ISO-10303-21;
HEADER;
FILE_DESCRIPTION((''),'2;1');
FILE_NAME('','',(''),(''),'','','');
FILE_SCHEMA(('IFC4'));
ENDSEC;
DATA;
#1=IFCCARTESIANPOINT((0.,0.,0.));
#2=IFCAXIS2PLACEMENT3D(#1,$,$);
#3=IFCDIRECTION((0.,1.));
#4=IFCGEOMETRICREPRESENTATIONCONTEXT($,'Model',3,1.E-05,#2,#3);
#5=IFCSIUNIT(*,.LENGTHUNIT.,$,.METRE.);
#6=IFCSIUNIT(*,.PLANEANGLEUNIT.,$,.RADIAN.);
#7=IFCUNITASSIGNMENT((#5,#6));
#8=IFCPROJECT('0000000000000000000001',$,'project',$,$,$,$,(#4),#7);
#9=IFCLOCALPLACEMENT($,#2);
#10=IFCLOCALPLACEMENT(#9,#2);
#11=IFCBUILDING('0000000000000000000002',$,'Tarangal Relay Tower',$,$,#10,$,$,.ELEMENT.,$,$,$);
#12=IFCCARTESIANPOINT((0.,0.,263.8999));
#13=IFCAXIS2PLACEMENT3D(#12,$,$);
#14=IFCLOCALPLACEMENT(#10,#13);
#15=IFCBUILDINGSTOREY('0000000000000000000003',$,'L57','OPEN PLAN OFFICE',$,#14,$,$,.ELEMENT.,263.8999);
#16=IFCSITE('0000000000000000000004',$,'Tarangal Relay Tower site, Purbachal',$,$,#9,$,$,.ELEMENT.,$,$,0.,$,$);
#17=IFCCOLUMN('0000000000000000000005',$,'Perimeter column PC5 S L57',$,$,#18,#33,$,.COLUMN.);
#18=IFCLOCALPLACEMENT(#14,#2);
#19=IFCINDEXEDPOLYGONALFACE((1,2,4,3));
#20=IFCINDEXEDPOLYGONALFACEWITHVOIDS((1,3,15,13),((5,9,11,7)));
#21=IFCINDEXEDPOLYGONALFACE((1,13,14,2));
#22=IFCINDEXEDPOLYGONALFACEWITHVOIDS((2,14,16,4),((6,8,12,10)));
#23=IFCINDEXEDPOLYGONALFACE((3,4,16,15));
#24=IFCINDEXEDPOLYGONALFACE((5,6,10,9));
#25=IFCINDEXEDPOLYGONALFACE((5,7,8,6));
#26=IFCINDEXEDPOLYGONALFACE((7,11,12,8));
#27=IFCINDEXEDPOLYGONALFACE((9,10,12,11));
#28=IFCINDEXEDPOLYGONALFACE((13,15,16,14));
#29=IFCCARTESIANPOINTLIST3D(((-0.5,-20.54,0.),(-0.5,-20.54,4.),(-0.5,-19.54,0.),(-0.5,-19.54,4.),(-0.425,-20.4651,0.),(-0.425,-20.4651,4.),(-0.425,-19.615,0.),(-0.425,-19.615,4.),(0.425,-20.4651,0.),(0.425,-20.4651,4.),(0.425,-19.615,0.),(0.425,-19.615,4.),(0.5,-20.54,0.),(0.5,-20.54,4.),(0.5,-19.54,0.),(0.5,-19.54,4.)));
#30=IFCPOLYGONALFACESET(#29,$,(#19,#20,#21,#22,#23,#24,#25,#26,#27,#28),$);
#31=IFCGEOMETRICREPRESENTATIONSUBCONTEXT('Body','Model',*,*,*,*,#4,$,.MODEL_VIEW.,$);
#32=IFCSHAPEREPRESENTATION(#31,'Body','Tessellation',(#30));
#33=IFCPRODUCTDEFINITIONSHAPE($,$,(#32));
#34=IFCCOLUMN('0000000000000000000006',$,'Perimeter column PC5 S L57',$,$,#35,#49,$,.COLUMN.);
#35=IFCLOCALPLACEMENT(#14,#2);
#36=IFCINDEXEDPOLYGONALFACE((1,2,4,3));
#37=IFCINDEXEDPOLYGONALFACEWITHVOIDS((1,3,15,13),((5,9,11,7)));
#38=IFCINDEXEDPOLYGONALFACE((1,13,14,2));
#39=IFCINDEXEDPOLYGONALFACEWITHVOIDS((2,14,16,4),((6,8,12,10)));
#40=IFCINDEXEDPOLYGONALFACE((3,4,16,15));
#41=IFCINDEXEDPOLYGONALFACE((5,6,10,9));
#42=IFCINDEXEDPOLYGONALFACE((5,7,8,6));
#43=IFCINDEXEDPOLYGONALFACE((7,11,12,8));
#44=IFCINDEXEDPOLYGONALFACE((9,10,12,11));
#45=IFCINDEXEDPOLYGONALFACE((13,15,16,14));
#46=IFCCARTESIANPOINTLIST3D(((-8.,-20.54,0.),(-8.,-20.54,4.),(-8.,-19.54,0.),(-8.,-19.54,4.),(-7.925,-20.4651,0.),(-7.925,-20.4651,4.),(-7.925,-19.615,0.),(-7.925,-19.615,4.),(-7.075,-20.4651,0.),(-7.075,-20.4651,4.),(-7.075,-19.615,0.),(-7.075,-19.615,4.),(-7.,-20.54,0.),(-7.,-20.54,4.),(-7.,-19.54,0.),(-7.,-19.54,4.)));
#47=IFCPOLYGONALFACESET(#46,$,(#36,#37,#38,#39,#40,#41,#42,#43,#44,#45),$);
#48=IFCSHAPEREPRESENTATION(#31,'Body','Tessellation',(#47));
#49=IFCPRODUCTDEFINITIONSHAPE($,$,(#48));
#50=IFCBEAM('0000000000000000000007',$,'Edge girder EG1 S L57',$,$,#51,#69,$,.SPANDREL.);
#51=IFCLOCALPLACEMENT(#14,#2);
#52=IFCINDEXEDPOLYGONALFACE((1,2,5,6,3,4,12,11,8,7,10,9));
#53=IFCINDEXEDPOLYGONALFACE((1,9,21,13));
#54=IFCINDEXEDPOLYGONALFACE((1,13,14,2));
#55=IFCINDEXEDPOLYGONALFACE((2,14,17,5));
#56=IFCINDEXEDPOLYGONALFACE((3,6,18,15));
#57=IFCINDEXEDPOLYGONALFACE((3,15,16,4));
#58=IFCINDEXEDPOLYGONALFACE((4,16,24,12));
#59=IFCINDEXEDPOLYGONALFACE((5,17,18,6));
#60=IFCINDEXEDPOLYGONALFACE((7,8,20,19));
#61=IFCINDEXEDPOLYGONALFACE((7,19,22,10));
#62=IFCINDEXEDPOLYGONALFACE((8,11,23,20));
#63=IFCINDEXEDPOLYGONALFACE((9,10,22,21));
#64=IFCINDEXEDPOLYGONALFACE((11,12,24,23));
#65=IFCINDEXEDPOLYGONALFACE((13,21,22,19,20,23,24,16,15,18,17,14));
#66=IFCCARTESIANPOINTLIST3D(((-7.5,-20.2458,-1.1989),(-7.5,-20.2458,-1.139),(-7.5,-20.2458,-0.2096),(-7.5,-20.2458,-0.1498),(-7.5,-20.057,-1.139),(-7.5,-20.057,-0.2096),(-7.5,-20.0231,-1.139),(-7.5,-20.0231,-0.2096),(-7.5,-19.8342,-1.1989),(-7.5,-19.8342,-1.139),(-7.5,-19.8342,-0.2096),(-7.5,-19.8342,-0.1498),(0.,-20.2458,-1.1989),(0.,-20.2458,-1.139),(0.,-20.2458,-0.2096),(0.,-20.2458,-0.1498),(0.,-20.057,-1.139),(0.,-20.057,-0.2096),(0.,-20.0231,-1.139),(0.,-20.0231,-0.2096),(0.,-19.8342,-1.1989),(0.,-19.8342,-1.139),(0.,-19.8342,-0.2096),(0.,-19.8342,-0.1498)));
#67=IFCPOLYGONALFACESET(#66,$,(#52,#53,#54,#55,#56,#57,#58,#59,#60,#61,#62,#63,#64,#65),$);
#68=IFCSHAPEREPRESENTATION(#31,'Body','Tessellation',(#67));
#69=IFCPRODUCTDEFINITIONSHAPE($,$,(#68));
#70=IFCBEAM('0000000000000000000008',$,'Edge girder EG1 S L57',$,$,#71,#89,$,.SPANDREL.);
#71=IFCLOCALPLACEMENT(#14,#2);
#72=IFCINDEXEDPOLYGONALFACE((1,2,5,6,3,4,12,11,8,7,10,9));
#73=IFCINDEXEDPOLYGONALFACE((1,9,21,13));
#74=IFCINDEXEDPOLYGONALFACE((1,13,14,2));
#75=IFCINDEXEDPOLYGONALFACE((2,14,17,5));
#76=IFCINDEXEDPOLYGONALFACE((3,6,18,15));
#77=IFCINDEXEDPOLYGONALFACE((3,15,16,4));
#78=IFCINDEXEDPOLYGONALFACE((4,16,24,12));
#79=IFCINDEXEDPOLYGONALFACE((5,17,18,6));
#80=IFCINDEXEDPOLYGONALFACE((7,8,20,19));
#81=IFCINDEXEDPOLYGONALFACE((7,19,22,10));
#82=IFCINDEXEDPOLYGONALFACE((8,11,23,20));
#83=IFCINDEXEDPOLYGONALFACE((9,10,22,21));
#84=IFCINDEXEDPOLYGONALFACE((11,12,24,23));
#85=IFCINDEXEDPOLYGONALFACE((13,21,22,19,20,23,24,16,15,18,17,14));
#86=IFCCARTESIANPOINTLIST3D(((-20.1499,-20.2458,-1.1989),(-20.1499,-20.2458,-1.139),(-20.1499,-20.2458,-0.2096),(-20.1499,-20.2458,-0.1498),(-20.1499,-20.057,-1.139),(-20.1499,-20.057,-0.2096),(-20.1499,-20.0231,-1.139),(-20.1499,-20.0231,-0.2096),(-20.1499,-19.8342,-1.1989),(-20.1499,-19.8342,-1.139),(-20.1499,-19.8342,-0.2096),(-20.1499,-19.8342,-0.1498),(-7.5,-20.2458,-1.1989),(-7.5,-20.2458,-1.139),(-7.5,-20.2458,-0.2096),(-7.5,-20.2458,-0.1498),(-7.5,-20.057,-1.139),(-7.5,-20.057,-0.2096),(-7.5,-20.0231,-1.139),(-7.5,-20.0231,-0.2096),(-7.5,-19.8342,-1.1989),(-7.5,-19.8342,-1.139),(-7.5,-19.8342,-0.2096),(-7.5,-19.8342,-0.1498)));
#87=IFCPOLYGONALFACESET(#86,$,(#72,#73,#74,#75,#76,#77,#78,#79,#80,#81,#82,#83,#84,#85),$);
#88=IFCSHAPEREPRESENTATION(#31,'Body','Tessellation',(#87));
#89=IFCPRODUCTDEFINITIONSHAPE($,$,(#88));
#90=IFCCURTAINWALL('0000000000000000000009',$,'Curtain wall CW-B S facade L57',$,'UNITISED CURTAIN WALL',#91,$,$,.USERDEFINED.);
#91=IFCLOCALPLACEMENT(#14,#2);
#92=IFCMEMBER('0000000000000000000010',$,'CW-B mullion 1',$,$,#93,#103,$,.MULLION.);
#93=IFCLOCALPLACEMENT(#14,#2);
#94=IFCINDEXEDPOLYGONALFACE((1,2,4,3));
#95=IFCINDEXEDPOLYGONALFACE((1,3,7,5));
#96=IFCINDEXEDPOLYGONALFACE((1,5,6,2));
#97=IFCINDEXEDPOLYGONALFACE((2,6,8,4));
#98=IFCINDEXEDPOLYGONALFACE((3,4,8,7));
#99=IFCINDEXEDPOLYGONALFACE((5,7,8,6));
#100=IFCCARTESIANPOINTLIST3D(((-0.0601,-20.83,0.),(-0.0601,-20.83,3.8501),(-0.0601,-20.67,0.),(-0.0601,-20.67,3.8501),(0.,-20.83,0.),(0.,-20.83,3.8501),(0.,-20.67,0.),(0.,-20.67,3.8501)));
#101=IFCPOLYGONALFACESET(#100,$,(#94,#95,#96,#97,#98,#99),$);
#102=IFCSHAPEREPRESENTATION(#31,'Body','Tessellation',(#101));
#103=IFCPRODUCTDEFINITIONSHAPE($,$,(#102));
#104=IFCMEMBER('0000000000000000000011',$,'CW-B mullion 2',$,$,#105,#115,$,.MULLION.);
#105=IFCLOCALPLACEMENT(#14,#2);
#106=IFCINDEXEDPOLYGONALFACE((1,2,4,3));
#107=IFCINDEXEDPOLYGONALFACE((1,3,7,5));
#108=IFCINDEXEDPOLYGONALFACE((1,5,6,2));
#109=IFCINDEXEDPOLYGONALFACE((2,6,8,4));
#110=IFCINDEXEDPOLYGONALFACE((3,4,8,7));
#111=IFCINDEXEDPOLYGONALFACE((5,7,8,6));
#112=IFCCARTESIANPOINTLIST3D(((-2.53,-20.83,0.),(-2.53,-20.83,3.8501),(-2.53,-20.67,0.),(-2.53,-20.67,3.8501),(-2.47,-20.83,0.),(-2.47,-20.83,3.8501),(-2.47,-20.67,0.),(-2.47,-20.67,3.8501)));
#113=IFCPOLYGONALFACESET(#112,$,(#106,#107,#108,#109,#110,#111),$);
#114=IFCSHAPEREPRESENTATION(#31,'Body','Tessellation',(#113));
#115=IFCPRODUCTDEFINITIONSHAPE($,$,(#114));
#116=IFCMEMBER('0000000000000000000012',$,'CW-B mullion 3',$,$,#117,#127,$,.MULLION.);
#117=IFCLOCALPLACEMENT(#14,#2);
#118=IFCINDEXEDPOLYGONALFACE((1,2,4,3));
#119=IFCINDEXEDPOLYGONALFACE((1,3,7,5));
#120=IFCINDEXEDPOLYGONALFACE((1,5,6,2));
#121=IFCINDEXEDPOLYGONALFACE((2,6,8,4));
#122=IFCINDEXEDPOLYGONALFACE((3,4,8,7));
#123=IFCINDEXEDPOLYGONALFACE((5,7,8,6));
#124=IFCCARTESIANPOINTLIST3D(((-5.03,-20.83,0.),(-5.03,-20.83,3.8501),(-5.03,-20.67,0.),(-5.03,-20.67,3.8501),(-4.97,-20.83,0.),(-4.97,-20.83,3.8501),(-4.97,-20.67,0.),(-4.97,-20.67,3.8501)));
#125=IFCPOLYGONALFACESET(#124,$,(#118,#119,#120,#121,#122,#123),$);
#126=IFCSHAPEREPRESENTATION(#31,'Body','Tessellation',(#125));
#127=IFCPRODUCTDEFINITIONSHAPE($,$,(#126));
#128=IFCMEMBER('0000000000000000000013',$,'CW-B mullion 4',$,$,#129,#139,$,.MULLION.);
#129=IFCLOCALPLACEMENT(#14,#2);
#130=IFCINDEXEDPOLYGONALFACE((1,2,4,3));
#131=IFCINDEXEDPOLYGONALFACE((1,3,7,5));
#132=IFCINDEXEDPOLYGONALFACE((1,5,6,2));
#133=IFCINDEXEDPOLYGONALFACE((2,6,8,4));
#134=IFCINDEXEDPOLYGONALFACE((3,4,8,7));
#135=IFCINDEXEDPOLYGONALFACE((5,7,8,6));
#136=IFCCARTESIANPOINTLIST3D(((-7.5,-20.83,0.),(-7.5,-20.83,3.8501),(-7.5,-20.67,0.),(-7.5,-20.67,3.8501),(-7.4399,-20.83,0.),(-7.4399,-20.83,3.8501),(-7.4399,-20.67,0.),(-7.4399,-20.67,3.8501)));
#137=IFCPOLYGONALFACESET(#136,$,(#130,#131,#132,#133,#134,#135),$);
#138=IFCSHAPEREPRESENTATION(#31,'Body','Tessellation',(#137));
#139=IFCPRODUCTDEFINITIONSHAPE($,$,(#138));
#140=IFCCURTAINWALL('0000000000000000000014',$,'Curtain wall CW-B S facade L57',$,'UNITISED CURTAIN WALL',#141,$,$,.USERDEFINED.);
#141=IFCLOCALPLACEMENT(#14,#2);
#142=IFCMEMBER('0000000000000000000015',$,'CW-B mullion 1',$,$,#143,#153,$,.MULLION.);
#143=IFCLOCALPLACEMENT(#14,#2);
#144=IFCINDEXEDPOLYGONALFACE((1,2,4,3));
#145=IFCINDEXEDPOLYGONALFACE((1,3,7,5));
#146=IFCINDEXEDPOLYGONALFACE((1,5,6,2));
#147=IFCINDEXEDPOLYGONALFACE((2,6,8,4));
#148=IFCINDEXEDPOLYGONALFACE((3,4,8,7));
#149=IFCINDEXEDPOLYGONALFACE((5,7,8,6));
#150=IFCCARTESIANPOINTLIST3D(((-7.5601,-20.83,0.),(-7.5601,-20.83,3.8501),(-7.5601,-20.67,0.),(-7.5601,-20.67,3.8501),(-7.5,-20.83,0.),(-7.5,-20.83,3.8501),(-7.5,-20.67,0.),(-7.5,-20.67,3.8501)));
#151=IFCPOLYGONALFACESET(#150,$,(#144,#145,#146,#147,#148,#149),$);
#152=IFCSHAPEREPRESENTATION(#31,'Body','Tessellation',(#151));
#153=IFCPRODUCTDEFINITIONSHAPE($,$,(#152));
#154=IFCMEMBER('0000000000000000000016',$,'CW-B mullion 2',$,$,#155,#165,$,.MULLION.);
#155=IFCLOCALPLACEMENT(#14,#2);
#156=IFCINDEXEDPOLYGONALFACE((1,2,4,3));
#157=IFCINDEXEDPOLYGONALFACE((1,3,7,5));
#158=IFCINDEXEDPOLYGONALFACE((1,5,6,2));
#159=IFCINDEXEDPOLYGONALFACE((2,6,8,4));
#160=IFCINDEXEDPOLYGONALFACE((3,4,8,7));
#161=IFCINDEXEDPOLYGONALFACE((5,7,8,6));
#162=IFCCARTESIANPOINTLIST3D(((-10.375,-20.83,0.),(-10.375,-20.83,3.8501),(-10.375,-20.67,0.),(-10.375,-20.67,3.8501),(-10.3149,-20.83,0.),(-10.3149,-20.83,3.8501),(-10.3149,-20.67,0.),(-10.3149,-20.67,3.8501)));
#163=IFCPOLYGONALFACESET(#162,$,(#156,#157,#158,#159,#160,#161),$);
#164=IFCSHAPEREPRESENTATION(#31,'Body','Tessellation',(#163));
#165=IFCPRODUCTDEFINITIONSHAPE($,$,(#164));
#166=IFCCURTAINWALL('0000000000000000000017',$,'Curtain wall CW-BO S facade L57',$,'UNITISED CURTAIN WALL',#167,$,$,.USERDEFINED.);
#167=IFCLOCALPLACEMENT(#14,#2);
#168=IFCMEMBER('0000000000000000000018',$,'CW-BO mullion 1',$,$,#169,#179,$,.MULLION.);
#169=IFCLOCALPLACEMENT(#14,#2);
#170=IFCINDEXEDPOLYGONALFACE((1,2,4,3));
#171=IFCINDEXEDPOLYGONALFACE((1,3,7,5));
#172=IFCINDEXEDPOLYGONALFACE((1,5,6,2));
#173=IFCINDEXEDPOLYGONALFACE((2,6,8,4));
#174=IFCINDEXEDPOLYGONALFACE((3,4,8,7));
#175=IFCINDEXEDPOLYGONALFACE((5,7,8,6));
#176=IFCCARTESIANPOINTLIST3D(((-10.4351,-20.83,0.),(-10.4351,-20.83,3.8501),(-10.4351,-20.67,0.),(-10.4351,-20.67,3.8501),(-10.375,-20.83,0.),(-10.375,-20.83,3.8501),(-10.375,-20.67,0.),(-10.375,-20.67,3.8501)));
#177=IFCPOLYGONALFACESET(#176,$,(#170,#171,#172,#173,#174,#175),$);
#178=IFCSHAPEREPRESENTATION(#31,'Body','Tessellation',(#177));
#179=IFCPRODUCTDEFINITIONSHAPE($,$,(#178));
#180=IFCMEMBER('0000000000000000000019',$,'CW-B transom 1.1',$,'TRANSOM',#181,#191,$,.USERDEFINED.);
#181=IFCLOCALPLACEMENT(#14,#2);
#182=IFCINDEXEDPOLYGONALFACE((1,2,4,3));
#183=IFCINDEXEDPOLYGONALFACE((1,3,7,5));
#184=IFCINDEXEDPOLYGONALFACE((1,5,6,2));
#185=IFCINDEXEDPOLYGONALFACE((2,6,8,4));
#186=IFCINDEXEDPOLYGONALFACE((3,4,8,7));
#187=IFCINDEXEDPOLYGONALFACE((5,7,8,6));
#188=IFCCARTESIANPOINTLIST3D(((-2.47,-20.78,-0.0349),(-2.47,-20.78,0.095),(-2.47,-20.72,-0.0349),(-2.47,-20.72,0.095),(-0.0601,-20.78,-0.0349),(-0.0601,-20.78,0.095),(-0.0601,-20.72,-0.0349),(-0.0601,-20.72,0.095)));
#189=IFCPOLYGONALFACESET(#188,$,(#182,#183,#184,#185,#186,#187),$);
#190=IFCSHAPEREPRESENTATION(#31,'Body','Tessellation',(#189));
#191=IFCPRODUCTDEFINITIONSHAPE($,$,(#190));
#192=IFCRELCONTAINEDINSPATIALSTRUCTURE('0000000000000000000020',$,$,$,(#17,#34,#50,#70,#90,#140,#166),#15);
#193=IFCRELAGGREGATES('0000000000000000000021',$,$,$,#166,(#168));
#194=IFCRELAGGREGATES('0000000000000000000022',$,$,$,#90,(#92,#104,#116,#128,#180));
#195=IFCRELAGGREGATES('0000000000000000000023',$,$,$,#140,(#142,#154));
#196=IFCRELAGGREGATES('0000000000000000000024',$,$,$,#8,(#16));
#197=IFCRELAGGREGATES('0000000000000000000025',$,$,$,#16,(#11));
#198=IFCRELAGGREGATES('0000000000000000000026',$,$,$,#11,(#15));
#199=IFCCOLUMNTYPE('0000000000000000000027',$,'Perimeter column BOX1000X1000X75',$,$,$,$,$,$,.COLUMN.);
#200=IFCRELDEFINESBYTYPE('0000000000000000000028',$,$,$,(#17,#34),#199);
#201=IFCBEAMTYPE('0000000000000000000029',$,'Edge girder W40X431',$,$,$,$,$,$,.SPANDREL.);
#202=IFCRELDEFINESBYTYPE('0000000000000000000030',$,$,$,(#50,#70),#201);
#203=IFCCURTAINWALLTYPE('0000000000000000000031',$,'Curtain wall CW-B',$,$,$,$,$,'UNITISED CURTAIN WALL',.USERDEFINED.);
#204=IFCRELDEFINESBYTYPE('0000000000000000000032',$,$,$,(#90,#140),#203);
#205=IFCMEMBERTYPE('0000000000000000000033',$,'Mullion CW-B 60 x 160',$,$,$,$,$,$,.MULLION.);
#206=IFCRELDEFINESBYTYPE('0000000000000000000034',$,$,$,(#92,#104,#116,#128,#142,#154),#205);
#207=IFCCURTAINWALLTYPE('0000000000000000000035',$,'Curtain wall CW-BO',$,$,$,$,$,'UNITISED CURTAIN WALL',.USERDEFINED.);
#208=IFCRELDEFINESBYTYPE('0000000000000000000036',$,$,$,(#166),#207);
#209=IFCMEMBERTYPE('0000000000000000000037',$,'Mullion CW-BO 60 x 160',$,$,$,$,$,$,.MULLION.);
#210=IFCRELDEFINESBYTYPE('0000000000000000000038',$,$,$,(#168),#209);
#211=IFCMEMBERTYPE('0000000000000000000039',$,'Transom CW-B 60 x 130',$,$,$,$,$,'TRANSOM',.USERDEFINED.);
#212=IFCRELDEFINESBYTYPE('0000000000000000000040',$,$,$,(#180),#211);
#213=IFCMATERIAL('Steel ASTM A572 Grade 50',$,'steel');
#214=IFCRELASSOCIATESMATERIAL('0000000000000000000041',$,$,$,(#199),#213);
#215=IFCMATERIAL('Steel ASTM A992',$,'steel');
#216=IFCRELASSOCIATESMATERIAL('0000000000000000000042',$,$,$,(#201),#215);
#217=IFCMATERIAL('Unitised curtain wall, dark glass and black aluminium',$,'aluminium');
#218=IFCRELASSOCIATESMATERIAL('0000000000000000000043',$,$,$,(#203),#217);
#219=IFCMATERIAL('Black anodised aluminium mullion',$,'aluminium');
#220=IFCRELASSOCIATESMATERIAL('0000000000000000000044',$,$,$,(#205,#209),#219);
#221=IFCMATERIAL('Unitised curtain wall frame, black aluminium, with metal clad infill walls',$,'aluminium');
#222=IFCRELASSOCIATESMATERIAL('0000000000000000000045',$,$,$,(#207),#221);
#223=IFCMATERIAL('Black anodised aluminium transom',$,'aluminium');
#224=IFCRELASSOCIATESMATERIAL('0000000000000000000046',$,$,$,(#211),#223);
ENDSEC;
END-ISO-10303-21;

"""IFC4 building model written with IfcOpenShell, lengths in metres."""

from ifc_helpers import new_model, si_unit, direction, frame, origin, origin_2d, place, context, subcontext, project, spatial, rectangle, hollow_rectangle, i_section, extrude, material, material_profile, profile_set, type_object, element, aggregate, save


model = new_model("IFC4")

# Units and contexts
model_context = context("Model", 3, precision=1e-05, world=origin(), true_north=direction((0.0, 1.0)))
body_context = subcontext(model_context, "Body", "Model", "MODEL_VIEW")
ifc_project = project(units=[si_unit("LENGTHUNIT", "METRE"), si_unit("PLANEANGLEUNIT", "RADIAN")], contexts=[model_context])

# Site, building, storey
site_placement = place(None, origin())
site = spatial("IfcSite", under=ifc_project, at=site_placement, Name="Tarangal Relay Tower site, Purbachal", CompositionType="ELEMENT", RefElevation=0.0)
building_placement = place(site_placement, origin())
building = spatial("IfcBuilding", under=site, at=building_placement, Name="Tarangal Relay Tower", CompositionType="ELEMENT")
storey_placement = place(building_placement, frame((0.0, 0.0, 263.8999)))
storey = spatial("IfcBuildingStorey", under=building, at=storey_placement, Name="L57", Description="OPEN PLAN OFFICE", CompositionType="ELEMENT", Elevation=263.8999)

# Columns
ifc_material_1 = material(Name="Steel ASTM A572 Grade 50", Category="steel")
ifc_material_profile_1 = material_profile(ifc_material_1, hollow_rectangle(XDim=1.0, YDim=1.0, WallThickness=0.075, at=origin_2d()), Name="BOX1000X1000X75")
ifc_profile_set_1 = profile_set([ifc_material_profile_1], Name="Steel ASTM A572 Grade 50")
column_type = type_object("IfcColumnType", Name="Perimeter column BOX1000X1000X75", PredefinedType="COLUMN", material=ifc_profile_set_1)
for number, where, z_axis, x_axis, name in (
    (1, (0.0, -20.04, 0.0), (0.0, 0.0, 1.0), (1.0, 0.0, 0.0), "Perimeter column PC5 S L57"),
    (2, (-7.5, -20.04, 0.0), (0.0, 0.0, 1.0), (1.0, 0.0, 0.0), "Perimeter column PC5 S L57"),
):
    element("IfcColumn", number, at=place(storey_placement, frame(where, z_axis=z_axis, x_axis=x_axis)), inside=storey, type_object=column_type, Name=name, PredefinedType="COLUMN", context=body_context, shape_type="SweptSolid", body=[
        extrude(hollow_rectangle(XDim=1.0, YDim=1.0, WallThickness=0.075, at=origin_2d()), origin(), (0.0, 0.0, 1.0), 4.0),
    ])

# Beams
ifc_material_2 = material(Name="Steel ASTM A992", Category="steel")
ifc_material_profile_2 = material_profile(ifc_material_2, i_section(OverallWidth=0.4116, OverallDepth=1.0491, WebThickness=0.0339, FlangeThickness=0.0598, at=origin_2d()), Name="W40X431")
ifc_profile_set_2 = profile_set([ifc_material_profile_2], Name="Steel ASTM A992")
beam_type = type_object("IfcBeamType", Name="Edge girder W40X431", PredefinedType="SPANDREL", material=ifc_profile_set_2)
beam_1_placement = place(storey_placement, frame((0.0, -20.04, -0.6743), z_axis=(-1.0, 0.0, 0.0), x_axis=(0.0, -1.0, 0.0)))
element("IfcBeam", 3, at=beam_1_placement, inside=storey, type_object=beam_type, Name="Edge girder EG1 S L57", PredefinedType="SPANDREL", context=body_context, shape_type="SweptSolid", body=[
    extrude(i_section(OverallWidth=0.4116, OverallDepth=1.0491, WebThickness=0.0339, FlangeThickness=0.0598, at=origin_2d()), origin(), (0.0, 0.0, 1.0), 7.5),
])
beam_2_placement = place(storey_placement, frame((-7.5, -20.04, -0.6743), z_axis=(-1.0, 0.0, 0.0), x_axis=(0.0, -1.0, 0.0)))
element("IfcBeam", 4, at=beam_2_placement, inside=storey, type_object=beam_type, Name="Edge girder EG1 S L57", PredefinedType="SPANDREL", context=body_context, shape_type="SweptSolid", body=[
    extrude(i_section(OverallWidth=0.4116, OverallDepth=1.0491, WebThickness=0.0339, FlangeThickness=0.0598, at=origin_2d()), origin(), (0.0, 0.0, 1.0), 12.6499),
])

# Curtain walls, members
ifc_material_3 = material(Name="Unitised curtain wall, dark glass and black aluminium", Category="aluminium")
curtain_wall_type_1 = type_object("IfcCurtainWallType", Name="Curtain wall CW-B", ElementType="UNITISED CURTAIN WALL", PredefinedType="USERDEFINED", material=ifc_material_3)
curtain_wall_1_placement = place(storey_placement, origin())
curtain_wall_1 = element("IfcCurtainWall", 5, at=curtain_wall_1_placement, inside=storey, type_object=curtain_wall_type_1, Name="Curtain wall CW-B S facade L57", ObjectType="UNITISED CURTAIN WALL", PredefinedType="USERDEFINED")
ifc_material_4 = material(Name="Black anodised aluminium mullion", Category="aluminium")
ifc_material_profile_3 = material_profile(ifc_material_4, rectangle(XDim=0.1599, YDim=0.0601, at=origin_2d()), Name="CW-BM 60X160")
ifc_profile_set_3 = profile_set([ifc_material_profile_3], Name="Black anodised aluminium mullion")
member_type_1 = type_object("IfcMemberType", Name="Mullion CW-B 60 x 160", PredefinedType="MULLION", material=ifc_profile_set_3)
member_1_placement = place(storey_placement, frame((-0.03, -20.75, 0.0), z_axis=(0.0, 0.0, 1.0), x_axis=(0.0, -1.0, 0.0)))
member_1 = element("IfcMember", 6, at=member_1_placement, type_object=member_type_1, Name="CW-B mullion 1", PredefinedType="MULLION", context=body_context, shape_type="SweptSolid", body=[
    extrude(rectangle(XDim=0.1599, YDim=0.0601, at=origin_2d()), origin(), (0.0, 0.0, 1.0), 3.8501),
])
member_2_placement = place(storey_placement, frame((-2.5, -20.75, 0.0), z_axis=(0.0, 0.0, 1.0), x_axis=(0.0, -1.0, 0.0)))
member_2 = element("IfcMember", 7, at=member_2_placement, type_object=member_type_1, Name="CW-B mullion 2", PredefinedType="MULLION", context=body_context, shape_type="SweptSolid", body=[
    extrude(rectangle(XDim=0.1599, YDim=0.0601, at=origin_2d()), origin(), (0.0, 0.0, 1.0), 3.8501),
])
member_3_placement = place(storey_placement, frame((-5.0, -20.75, 0.0), z_axis=(0.0, 0.0, 1.0), x_axis=(0.0, -1.0, 0.0)))
member_3 = element("IfcMember", 8, at=member_3_placement, type_object=member_type_1, Name="CW-B mullion 3", PredefinedType="MULLION", context=body_context, shape_type="SweptSolid", body=[
    extrude(rectangle(XDim=0.1599, YDim=0.0601, at=origin_2d()), origin(), (0.0, 0.0, 1.0), 3.8501),
])
member_4_placement = place(storey_placement, frame((-7.47, -20.75, 0.0), z_axis=(0.0, 0.0, 1.0), x_axis=(0.0, -1.0, 0.0)))
member_4 = element("IfcMember", 9, at=member_4_placement, type_object=member_type_1, Name="CW-B mullion 4", PredefinedType="MULLION", context=body_context, shape_type="SweptSolid", body=[
    extrude(rectangle(XDim=0.1599, YDim=0.0601, at=origin_2d()), origin(), (0.0, 0.0, 1.0), 3.8501),
])
curtain_wall_2_placement = place(storey_placement, origin())
curtain_wall_2 = element("IfcCurtainWall", 10, at=curtain_wall_2_placement, inside=storey, type_object=curtain_wall_type_1, Name="Curtain wall CW-B S facade L57", ObjectType="UNITISED CURTAIN WALL", PredefinedType="USERDEFINED")
member_5_placement = place(storey_placement, frame((-7.53, -20.75, 0.0), z_axis=(0.0, 0.0, 1.0), x_axis=(0.0, -1.0, 0.0)))
member_5 = element("IfcMember", 11, at=member_5_placement, type_object=member_type_1, Name="CW-B mullion 1", PredefinedType="MULLION", context=body_context, shape_type="SweptSolid", body=[
    extrude(rectangle(XDim=0.1599, YDim=0.0601, at=origin_2d()), origin(), (0.0, 0.0, 1.0), 3.8501),
])
member_6_placement = place(storey_placement, frame((-10.345, -20.75, 0.0), z_axis=(0.0, 0.0, 1.0), x_axis=(0.0, -1.0, 0.0)))
member_6 = element("IfcMember", 12, at=member_6_placement, type_object=member_type_1, Name="CW-B mullion 2", PredefinedType="MULLION", context=body_context, shape_type="SweptSolid", body=[
    extrude(rectangle(XDim=0.1599, YDim=0.0601, at=origin_2d()), origin(), (0.0, 0.0, 1.0), 3.8501),
])

# Curtain wall, member
ifc_material_5 = material(Name="Unitised curtain wall frame, black aluminium, with metal clad infill walls", Category="aluminium")
curtain_wall_type_2 = type_object("IfcCurtainWallType", Name="Curtain wall CW-BO", ElementType="UNITISED CURTAIN WALL", PredefinedType="USERDEFINED", material=ifc_material_5)
curtain_wall_3_placement = place(storey_placement, origin())
curtain_wall_3 = element("IfcCurtainWall", 13, at=curtain_wall_3_placement, inside=storey, type_object=curtain_wall_type_2, Name="Curtain wall CW-BO S facade L57", ObjectType="UNITISED CURTAIN WALL", PredefinedType="USERDEFINED")
ifc_material_profile_4 = material_profile(ifc_material_4, rectangle(XDim=0.1599, YDim=0.0601, at=origin_2d()), Name="CW-BOM 60X160")
ifc_profile_set_4 = profile_set([ifc_material_profile_4], Name="Black anodised aluminium mullion")
member_type_2 = type_object("IfcMemberType", Name="Mullion CW-BO 60 x 160", PredefinedType="MULLION", material=ifc_profile_set_4)
member_7_placement = place(storey_placement, frame((-10.405, -20.75, 0.0), z_axis=(0.0, 0.0, 1.0), x_axis=(0.0, -1.0, 0.0)))
member_7 = element("IfcMember", 14, at=member_7_placement, type_object=member_type_2, Name="CW-BO mullion 1", PredefinedType="MULLION", context=body_context, shape_type="SweptSolid", body=[
    extrude(rectangle(XDim=0.1599, YDim=0.0601, at=origin_2d()), origin(), (0.0, 0.0, 1.0), 3.8501),
])

# Member
ifc_material_6 = material(Name="Black anodised aluminium transom", Category="aluminium")
ifc_material_profile_5 = material_profile(ifc_material_6, rectangle(XDim=0.0601, YDim=0.1299, at=origin_2d()), Name="CW-BT 60X130")
ifc_profile_set_5 = profile_set([ifc_material_profile_5], Name="Black anodised aluminium transom")
member_type_3 = type_object("IfcMemberType", Name="Transom CW-B 60 x 130", ElementType="TRANSOM", PredefinedType="USERDEFINED", material=ifc_profile_set_5)
member_8_placement = place(storey_placement, frame((-0.0601, -20.75, 0.03), z_axis=(-1.0, 0.0, 0.0), x_axis=(0.0, -1.0, 0.0)))
member_8 = element("IfcMember", 15, at=member_8_placement, type_object=member_type_3, Name="CW-B transom 1.1", ObjectType="TRANSOM", PredefinedType="USERDEFINED", context=body_context, shape_type="SweptSolid", body=[
    extrude(rectangle(XDim=0.0601, YDim=0.1299, at=origin_2d()), origin(), (0.0, 0.0, 1.0), 2.4099),
])
aggregate(curtain_wall_3, [member_7])

aggregate(curtain_wall_1, [member_1, member_2, member_3, member_4, member_8])
aggregate(curtain_wall_2, [member_5, member_6])

save(model, "model.ifc")
